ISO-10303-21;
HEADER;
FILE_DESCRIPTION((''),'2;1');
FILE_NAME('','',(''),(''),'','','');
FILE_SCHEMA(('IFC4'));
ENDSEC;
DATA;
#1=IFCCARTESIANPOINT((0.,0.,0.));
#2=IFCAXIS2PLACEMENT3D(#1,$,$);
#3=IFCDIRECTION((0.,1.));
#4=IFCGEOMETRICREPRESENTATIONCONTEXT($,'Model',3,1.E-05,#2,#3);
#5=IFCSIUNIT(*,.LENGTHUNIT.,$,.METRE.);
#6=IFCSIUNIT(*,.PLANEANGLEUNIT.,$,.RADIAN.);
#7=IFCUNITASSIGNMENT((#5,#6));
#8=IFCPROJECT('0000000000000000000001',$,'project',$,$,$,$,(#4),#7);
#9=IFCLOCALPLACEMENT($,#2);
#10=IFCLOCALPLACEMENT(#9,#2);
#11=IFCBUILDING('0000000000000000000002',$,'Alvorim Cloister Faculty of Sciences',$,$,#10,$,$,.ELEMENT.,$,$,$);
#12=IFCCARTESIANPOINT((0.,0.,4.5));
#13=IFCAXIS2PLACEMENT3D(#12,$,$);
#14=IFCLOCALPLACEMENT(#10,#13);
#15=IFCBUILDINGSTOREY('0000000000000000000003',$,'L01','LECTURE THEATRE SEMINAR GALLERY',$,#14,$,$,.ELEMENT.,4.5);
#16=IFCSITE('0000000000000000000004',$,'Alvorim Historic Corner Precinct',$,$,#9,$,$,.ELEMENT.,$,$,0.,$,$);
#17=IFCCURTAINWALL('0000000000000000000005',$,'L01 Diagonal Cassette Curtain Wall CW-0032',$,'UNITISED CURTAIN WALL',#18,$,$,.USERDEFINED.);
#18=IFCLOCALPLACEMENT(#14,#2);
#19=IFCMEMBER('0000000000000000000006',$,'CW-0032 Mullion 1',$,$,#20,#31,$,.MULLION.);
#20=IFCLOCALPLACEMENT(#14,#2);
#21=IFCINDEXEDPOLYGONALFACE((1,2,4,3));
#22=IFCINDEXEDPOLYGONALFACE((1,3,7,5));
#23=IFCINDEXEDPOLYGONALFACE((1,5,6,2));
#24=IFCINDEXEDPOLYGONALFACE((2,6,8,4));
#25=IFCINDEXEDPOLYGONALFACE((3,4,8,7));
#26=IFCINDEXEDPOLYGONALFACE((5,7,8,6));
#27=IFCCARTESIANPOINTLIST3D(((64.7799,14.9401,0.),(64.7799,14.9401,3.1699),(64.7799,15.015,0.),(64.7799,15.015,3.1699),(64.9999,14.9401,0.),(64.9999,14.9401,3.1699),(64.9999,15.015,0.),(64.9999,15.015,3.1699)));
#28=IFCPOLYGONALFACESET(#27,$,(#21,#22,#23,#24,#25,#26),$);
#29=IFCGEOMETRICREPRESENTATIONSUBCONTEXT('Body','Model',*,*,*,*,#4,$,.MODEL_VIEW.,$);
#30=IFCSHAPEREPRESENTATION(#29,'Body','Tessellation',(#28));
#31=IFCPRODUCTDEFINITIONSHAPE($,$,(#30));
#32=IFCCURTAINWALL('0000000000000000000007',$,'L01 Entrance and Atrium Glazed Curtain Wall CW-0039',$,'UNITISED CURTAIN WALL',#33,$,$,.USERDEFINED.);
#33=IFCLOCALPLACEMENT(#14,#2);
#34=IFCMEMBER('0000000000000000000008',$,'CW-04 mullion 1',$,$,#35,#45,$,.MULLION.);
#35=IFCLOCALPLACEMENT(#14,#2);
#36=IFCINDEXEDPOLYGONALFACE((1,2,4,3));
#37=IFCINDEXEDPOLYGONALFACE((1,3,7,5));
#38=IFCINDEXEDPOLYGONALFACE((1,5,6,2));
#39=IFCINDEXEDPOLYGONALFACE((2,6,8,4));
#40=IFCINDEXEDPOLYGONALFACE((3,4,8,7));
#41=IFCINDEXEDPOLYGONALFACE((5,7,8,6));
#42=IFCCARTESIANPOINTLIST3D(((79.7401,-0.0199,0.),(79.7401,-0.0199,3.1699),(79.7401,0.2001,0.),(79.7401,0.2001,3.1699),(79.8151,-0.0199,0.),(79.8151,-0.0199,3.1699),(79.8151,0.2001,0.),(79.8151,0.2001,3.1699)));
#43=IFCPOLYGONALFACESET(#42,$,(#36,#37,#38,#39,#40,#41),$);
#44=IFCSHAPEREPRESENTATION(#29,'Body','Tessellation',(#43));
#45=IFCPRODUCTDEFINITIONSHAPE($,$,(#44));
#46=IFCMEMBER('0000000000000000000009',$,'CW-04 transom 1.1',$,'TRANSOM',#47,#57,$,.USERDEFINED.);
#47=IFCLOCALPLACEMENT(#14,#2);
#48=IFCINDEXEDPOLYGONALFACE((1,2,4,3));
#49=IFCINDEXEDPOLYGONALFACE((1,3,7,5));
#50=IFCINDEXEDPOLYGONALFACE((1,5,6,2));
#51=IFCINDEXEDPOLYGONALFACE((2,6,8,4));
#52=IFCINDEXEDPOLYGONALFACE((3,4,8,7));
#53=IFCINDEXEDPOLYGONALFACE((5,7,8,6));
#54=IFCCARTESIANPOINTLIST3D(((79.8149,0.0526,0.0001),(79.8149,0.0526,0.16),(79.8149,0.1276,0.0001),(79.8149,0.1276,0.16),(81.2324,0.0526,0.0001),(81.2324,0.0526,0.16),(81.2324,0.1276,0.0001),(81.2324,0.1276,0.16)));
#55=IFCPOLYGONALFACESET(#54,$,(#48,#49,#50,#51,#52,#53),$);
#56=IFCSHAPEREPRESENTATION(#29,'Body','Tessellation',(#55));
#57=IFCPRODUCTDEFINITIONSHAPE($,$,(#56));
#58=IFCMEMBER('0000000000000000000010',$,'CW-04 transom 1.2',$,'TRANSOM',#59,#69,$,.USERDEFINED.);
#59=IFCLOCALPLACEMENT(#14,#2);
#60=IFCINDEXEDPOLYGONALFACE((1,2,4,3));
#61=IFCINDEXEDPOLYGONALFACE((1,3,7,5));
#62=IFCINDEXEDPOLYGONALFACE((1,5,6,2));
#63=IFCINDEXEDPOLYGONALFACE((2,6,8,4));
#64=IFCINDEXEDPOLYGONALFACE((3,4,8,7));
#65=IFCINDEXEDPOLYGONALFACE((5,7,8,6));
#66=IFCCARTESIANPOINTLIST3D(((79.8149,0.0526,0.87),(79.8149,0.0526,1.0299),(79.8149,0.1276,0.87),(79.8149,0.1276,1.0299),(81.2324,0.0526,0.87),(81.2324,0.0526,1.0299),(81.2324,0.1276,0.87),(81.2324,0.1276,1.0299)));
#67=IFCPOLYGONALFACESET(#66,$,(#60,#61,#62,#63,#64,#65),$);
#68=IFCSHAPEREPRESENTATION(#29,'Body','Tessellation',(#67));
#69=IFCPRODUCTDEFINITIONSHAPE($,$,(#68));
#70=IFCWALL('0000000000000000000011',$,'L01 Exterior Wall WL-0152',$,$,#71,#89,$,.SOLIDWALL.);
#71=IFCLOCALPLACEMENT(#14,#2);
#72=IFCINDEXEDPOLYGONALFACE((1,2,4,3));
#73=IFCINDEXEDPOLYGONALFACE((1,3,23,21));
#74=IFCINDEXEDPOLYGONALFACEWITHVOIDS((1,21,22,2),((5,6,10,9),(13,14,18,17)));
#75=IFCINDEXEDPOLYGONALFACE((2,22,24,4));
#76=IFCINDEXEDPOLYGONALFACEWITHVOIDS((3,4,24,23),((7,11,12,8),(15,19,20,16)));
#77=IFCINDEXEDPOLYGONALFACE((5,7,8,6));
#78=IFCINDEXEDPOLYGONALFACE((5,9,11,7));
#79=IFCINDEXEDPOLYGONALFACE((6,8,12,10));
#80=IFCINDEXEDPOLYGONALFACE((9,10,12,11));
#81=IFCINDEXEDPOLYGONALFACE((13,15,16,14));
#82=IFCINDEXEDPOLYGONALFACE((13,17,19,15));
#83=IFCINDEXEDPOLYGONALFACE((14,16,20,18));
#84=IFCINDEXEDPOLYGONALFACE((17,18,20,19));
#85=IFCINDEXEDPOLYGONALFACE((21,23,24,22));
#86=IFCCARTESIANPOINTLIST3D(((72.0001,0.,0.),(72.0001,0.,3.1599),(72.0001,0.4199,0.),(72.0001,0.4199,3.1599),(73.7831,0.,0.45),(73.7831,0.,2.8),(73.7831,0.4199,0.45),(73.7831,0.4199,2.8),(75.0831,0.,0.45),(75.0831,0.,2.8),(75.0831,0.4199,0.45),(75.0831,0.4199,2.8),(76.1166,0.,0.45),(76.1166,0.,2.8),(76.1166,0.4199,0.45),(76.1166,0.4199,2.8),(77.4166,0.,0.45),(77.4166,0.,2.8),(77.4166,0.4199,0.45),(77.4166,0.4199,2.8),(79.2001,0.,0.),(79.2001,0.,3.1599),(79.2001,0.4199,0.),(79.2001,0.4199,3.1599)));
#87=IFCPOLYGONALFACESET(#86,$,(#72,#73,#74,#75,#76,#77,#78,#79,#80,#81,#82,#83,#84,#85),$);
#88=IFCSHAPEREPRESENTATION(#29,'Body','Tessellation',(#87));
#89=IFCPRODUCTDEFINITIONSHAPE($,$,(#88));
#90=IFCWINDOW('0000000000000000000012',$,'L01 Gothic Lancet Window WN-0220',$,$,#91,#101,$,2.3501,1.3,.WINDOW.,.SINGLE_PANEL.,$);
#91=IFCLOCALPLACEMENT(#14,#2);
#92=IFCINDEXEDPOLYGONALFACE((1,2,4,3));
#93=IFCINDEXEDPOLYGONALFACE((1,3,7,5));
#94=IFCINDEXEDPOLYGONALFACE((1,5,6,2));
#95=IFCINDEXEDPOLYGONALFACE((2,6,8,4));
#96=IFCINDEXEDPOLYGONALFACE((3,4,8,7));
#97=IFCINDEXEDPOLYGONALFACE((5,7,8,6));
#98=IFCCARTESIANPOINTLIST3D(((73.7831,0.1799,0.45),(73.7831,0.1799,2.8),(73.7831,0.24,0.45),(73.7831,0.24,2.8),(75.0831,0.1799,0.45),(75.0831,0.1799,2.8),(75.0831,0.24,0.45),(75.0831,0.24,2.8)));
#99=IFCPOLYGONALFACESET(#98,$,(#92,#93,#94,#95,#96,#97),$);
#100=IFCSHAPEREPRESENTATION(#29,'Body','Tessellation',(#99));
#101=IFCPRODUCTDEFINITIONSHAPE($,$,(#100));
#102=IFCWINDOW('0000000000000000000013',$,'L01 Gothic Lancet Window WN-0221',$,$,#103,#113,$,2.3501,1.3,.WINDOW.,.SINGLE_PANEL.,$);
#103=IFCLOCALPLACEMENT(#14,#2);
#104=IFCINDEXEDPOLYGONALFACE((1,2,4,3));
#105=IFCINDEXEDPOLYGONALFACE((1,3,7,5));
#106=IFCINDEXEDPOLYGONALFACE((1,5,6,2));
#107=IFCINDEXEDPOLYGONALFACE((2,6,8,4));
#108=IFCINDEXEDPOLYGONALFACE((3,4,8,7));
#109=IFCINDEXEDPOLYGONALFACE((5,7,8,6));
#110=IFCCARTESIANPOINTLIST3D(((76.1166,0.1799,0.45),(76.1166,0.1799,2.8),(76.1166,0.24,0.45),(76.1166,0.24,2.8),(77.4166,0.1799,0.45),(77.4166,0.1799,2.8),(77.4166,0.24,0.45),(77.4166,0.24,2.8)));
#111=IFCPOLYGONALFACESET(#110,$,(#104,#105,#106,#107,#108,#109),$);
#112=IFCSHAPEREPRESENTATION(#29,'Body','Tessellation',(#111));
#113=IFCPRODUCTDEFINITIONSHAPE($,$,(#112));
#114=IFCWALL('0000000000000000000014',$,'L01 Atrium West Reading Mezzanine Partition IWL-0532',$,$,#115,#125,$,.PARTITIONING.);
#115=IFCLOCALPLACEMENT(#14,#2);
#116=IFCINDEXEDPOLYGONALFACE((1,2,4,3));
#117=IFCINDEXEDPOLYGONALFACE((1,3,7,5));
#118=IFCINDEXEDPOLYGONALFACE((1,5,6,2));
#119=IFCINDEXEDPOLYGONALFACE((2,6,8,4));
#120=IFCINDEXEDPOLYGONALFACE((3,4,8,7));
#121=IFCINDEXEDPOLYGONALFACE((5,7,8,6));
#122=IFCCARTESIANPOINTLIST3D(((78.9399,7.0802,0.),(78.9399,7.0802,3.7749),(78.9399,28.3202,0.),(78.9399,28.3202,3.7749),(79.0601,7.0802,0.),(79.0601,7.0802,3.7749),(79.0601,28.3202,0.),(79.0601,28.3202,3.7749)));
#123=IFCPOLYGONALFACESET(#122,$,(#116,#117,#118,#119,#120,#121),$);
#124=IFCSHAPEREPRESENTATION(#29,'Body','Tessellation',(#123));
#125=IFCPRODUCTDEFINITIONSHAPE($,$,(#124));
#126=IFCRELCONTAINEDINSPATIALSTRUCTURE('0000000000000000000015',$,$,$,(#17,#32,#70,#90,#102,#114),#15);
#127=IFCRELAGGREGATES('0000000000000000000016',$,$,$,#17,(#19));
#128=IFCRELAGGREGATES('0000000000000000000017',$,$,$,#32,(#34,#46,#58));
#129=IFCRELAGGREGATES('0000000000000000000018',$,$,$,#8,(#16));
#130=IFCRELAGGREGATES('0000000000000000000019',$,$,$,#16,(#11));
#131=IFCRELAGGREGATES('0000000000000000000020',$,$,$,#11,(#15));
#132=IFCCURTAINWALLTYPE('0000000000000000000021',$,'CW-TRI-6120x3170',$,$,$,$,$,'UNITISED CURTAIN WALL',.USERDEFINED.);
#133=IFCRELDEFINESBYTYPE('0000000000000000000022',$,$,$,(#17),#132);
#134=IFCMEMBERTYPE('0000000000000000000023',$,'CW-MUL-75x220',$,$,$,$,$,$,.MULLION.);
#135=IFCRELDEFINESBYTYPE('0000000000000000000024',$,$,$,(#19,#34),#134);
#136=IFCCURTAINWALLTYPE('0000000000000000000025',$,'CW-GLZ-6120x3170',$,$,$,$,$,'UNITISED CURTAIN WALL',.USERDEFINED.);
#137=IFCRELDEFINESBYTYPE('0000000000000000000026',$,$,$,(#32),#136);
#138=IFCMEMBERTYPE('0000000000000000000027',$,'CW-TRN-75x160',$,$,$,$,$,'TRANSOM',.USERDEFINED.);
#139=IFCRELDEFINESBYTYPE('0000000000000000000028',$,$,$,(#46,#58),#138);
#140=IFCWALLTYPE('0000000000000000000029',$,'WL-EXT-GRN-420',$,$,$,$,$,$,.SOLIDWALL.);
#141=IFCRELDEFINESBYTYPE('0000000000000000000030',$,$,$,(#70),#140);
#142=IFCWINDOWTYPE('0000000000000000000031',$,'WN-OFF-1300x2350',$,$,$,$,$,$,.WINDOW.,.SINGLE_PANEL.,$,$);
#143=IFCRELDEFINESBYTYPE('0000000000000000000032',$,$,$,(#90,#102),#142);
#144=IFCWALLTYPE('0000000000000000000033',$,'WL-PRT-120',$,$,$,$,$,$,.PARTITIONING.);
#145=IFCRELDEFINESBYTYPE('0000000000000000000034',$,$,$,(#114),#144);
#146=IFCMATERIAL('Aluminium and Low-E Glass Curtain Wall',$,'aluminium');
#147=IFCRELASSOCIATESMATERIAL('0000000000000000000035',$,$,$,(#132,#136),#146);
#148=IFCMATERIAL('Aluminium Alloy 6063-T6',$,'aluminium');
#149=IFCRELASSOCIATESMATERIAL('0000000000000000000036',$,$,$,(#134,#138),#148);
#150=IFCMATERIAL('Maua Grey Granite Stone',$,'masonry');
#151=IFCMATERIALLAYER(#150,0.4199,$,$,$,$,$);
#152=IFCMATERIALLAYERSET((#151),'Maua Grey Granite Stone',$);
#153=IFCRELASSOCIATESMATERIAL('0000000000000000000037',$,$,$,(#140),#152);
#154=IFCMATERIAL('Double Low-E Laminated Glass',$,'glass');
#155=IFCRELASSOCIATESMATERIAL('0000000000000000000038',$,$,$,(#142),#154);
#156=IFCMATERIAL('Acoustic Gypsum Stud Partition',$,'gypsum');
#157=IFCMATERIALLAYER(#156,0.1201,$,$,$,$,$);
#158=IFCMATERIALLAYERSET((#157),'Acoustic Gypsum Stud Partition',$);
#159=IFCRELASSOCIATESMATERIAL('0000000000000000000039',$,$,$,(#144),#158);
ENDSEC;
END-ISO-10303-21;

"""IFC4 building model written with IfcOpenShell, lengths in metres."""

from ifc_helpers import new_model, si_unit, direction, frame, frame_2d, origin, origin_2d, place, context, subcontext, project, spatial, rectangle, extrude, material, layer, layer_set, material_profile, profile_set, type_object, element, fill, aggregate, save


model = new_model("IFC4")

# Units and contexts
model_context = context("Model", 3, precision=1e-05, world=origin(), true_north=direction((0.0, 1.0)))
body_context = subcontext(model_context, "Body", "Model", "MODEL_VIEW")
ifc_project = project(units=[si_unit("LENGTHUNIT", "METRE"), si_unit("PLANEANGLEUNIT", "RADIAN")], contexts=[model_context])

# Site, building, storey
site_placement = place(None, origin())
site = spatial("IfcSite", under=ifc_project, at=site_placement, Name="Alvorim Historic Corner Precinct", CompositionType="ELEMENT", RefElevation=0.0)
building_placement = place(site_placement, origin())
building = spatial("IfcBuilding", under=site, at=building_placement, Name="Alvorim Cloister Faculty of Sciences", CompositionType="ELEMENT")
storey_placement = place(building_placement, frame((0.0, 0.0, 4.5)))
storey = spatial("IfcBuildingStorey", under=building, at=storey_placement, Name="L01", Description="LECTURE THEATRE SEMINAR GALLERY", CompositionType="ELEMENT", Elevation=4.5)

# Curtain wall, member
ifc_material_1 = material(Name="Aluminium and Low-E Glass Curtain Wall", Category="aluminium")
curtain_wall_type_1 = type_object("IfcCurtainWallType", Name="CW-TRI-6120x3170", ElementType="UNITISED CURTAIN WALL", PredefinedType="USERDEFINED", material=ifc_material_1)
curtain_wall_1_placement = place(storey_placement, origin())
curtain_wall_1 = element("IfcCurtainWall", 1, at=curtain_wall_1_placement, inside=storey, type_object=curtain_wall_type_1, Name="L01 Diagonal Cassette Curtain Wall CW-0032", ObjectType="UNITISED CURTAIN WALL", PredefinedType="USERDEFINED")
ifc_material_2 = material(Name="Aluminium Alloy 6063-T6", Category="aluminium")
ifc_material_profile_1 = material_profile(ifc_material_2, rectangle(XDim=0.075, YDim=0.22, at=origin_2d()), Name="ALU-MUL-75x220")
ifc_profile_set_1 = profile_set([ifc_material_profile_1], Name="Aluminium Alloy 6063-T6")
member_type_1 = type_object("IfcMemberType", Name="CW-MUL-75x220", PredefinedType="MULLION", material=ifc_profile_set_1)
member_1_placement = place(storey_placement, frame((64.8899, 14.9775, 0.0), z_axis=(0.0, 0.0, 1.0), x_axis=(0.0, 1.0, 0.0)))
member_1 = element("IfcMember", 2, at=member_1_placement, type_object=member_type_1, Name="CW-0032 Mullion 1", PredefinedType="MULLION", context=body_context, shape_type="SweptSolid", body=[
    extrude(rectangle(XDim=0.075, YDim=0.22, at=origin_2d()), origin(), (0.0, 0.0, 1.0), 3.1699),
])
aggregate(curtain_wall_1, [member_1])

# Curtain wall, members
curtain_wall_type_2 = type_object("IfcCurtainWallType", Name="CW-GLZ-6120x3170", ElementType="UNITISED CURTAIN WALL", PredefinedType="USERDEFINED", material=ifc_material_1)
curtain_wall_2_placement = place(storey_placement, origin())
curtain_wall_2 = element("IfcCurtainWall", 3, at=curtain_wall_2_placement, inside=storey, type_object=curtain_wall_type_2, Name="L01 Entrance and Atrium Glazed Curtain Wall CW-0039", ObjectType="UNITISED CURTAIN WALL", PredefinedType="USERDEFINED")
member_2_placement = place(storey_placement, frame((79.7776, 0.0901, 0.0), z_axis=(0.0, 0.0, 1.0), x_axis=(1.0, 0.0, 0.0)))
member_2 = element("IfcMember", 4, at=member_2_placement, type_object=member_type_1, Name="CW-04 mullion 1", PredefinedType="MULLION", context=body_context, shape_type="SweptSolid", body=[
    extrude(rectangle(XDim=0.075, YDim=0.22, at=origin_2d()), origin(), (0.0, 0.0, 1.0), 3.1699),
])
ifc_material_profile_2 = material_profile(ifc_material_2, rectangle(XDim=0.075, YDim=0.1599, at=origin_2d()), Name="ALU-TRN-75x160")
ifc_profile_set_2 = profile_set([ifc_material_profile_2], Name="Aluminium Alloy 6063-T6")
member_type_2 = type_object("IfcMemberType", Name="CW-TRN-75x160", ElementType="TRANSOM", PredefinedType="USERDEFINED", material=ifc_profile_set_2)
member_3_placement = place(storey_placement, frame((79.8149, 0.0901, 0.0801), z_axis=(1.0, 0.0, 0.0), x_axis=(0.0, 1.0, 0.0)))
member_3 = element("IfcMember", 5, at=member_3_placement, type_object=member_type_2, Name="CW-04 transom 1.1", ObjectType="TRANSOM", PredefinedType="USERDEFINED", context=body_context, shape_type="SweptSolid", body=[
    extrude(rectangle(XDim=0.075, YDim=0.1599, at=origin_2d()), origin(), (0.0, 0.0, 1.0), 1.4175),
])
member_4_placement = place(storey_placement, frame((79.8149, 0.0901, 0.95), z_axis=(1.0, 0.0, 0.0), x_axis=(0.0, 1.0, 0.0)))
member_4 = element("IfcMember", 6, at=member_4_placement, type_object=member_type_2, Name="CW-04 transom 1.2", ObjectType="TRANSOM", PredefinedType="USERDEFINED", context=body_context, shape_type="SweptSolid", body=[
    extrude(rectangle(XDim=0.075, YDim=0.1599, at=origin_2d()), origin(), (0.0, 0.0, 1.0), 1.4175),
])
aggregate(curtain_wall_2, [member_2, member_3, member_4])

# Wall, openings, windows
ifc_material_3 = material(Name="Maua Grey Granite Stone", Category="masonry")
ifc_layer_1 = layer(ifc_material_3, 0.4199)
ifc_layer_set_1 = layer_set([ifc_layer_1], Name="Maua Grey Granite Stone")
wall_type_1 = type_object("IfcWallType", Name="WL-EXT-GRN-420", PredefinedType="SOLIDWALL", material=ifc_layer_set_1)
wall_1_placement = place(storey_placement, frame((72.0, 0.21, 0.0), z_axis=(0.0, 0.0, 1.0), x_axis=(1.0, 0.0, 0.0)))
wall_1 = element("IfcWall", 7, at=wall_1_placement, inside=storey, type_object=wall_type_1, Name="L01 Exterior Wall WL-0152", PredefinedType="SOLIDWALL", context=body_context, shape_type="SweptSolid", body=[
    extrude(rectangle(XDim=7.2, YDim=0.4199, at=frame_2d((3.6001, 0.0))), origin(), (0.0, 0.0, 1.0), 3.1599),
])
opening_1_placement = place(wall_1_placement, frame((1.7832, 0.0, 0.45)))
opening_1 = element("IfcOpeningElement", 8, at=opening_1_placement, cuts=wall_1, PredefinedType="OPENING", context=body_context, shape_type="SweptSolid", body=[
    extrude(rectangle(XDim=1.3, YDim=2.3501, at=frame_2d((0.6499, 1.175))), frame((0.0, 0.2219, 0.0), z_axis=(0.0, -1.0, 0.0), x_axis=(1.0, 0.0, 0.0)), (0.0, 0.0, 1.0), 0.4438),
])
opening_2_placement = place(wall_1_placement, frame((4.1167, 0.0, 0.45)))
opening_2 = element("IfcOpeningElement", 9, at=opening_2_placement, cuts=wall_1, PredefinedType="OPENING", context=body_context, shape_type="SweptSolid", body=[
    extrude(rectangle(XDim=1.3, YDim=2.3501, at=frame_2d((0.6499, 1.175))), frame((0.0, 0.2219, 0.0), z_axis=(0.0, -1.0, 0.0), x_axis=(1.0, 0.0, 0.0)), (0.0, 0.0, 1.0), 0.4438),
])
ifc_material_4 = material(Name="Double Low-E Laminated Glass", Category="glass")
window_type = type_object("IfcWindowType", Name="WN-OFF-1300x2350", PartitioningType="SINGLE_PANEL", PredefinedType="WINDOW", material=ifc_material_4)
window_1_placement = place(opening_1_placement, origin())
window_1 = element("IfcWindow", 10, at=window_1_placement, inside=storey, type_object=window_type, Name="L01 Gothic Lancet Window WN-0220", OverallHeight=2.3501, OverallWidth=1.3, PartitioningType="SINGLE_PANEL", PredefinedType="WINDOW", context=body_context, shape_type="SweptSolid", body=[
    extrude(rectangle(XDim=1.3, YDim=2.3501, at=frame_2d((0.6499, 1.175))), frame((0.0, 0.03, 0.0), z_axis=(0.0, -1.0, 0.0), x_axis=(1.0, 0.0, 0.0)), (0.0, 0.0, 1.0), 0.0601),
])
fill(opening_1, window_1)
window_2_placement = place(opening_2_placement, origin())
window_2 = element("IfcWindow", 11, at=window_2_placement, inside=storey, type_object=window_type, Name="L01 Gothic Lancet Window WN-0221", OverallHeight=2.3501, OverallWidth=1.3, PartitioningType="SINGLE_PANEL", PredefinedType="WINDOW", context=body_context, shape_type="SweptSolid", body=[
    extrude(rectangle(XDim=1.3, YDim=2.3501, at=frame_2d((0.6499, 1.175))), frame((0.0, 0.03, 0.0), z_axis=(0.0, -1.0, 0.0), x_axis=(1.0, 0.0, 0.0)), (0.0, 0.0, 1.0), 0.0601),
])
fill(opening_2, window_2)

# Wall
ifc_material_5 = material(Name="Acoustic Gypsum Stud Partition", Category="gypsum")
ifc_layer_2 = layer(ifc_material_5, 0.1201)
ifc_layer_set_2 = layer_set([ifc_layer_2], Name="Acoustic Gypsum Stud Partition")
wall_type_2 = type_object("IfcWallType", Name="WL-PRT-120", PredefinedType="PARTITIONING", material=ifc_layer_set_2)
wall_2_placement = place(storey_placement, frame((79.0, 7.0801, 0.0), z_axis=(0.0, 0.0, 1.0), x_axis=(0.0, 1.0, 0.0)))
element("IfcWall", 12, at=wall_2_placement, inside=storey, type_object=wall_type_2, Name="L01 Atrium West Reading Mezzanine Partition IWL-0532", PredefinedType="PARTITIONING", context=body_context, shape_type="SweptSolid", body=[
    extrude(rectangle(XDim=21.24, YDim=0.1201, at=frame_2d((10.6201, 0.0))), origin(), (0.0, 0.0, 1.0), 3.7749),
])

save(model, "model.ifc")
